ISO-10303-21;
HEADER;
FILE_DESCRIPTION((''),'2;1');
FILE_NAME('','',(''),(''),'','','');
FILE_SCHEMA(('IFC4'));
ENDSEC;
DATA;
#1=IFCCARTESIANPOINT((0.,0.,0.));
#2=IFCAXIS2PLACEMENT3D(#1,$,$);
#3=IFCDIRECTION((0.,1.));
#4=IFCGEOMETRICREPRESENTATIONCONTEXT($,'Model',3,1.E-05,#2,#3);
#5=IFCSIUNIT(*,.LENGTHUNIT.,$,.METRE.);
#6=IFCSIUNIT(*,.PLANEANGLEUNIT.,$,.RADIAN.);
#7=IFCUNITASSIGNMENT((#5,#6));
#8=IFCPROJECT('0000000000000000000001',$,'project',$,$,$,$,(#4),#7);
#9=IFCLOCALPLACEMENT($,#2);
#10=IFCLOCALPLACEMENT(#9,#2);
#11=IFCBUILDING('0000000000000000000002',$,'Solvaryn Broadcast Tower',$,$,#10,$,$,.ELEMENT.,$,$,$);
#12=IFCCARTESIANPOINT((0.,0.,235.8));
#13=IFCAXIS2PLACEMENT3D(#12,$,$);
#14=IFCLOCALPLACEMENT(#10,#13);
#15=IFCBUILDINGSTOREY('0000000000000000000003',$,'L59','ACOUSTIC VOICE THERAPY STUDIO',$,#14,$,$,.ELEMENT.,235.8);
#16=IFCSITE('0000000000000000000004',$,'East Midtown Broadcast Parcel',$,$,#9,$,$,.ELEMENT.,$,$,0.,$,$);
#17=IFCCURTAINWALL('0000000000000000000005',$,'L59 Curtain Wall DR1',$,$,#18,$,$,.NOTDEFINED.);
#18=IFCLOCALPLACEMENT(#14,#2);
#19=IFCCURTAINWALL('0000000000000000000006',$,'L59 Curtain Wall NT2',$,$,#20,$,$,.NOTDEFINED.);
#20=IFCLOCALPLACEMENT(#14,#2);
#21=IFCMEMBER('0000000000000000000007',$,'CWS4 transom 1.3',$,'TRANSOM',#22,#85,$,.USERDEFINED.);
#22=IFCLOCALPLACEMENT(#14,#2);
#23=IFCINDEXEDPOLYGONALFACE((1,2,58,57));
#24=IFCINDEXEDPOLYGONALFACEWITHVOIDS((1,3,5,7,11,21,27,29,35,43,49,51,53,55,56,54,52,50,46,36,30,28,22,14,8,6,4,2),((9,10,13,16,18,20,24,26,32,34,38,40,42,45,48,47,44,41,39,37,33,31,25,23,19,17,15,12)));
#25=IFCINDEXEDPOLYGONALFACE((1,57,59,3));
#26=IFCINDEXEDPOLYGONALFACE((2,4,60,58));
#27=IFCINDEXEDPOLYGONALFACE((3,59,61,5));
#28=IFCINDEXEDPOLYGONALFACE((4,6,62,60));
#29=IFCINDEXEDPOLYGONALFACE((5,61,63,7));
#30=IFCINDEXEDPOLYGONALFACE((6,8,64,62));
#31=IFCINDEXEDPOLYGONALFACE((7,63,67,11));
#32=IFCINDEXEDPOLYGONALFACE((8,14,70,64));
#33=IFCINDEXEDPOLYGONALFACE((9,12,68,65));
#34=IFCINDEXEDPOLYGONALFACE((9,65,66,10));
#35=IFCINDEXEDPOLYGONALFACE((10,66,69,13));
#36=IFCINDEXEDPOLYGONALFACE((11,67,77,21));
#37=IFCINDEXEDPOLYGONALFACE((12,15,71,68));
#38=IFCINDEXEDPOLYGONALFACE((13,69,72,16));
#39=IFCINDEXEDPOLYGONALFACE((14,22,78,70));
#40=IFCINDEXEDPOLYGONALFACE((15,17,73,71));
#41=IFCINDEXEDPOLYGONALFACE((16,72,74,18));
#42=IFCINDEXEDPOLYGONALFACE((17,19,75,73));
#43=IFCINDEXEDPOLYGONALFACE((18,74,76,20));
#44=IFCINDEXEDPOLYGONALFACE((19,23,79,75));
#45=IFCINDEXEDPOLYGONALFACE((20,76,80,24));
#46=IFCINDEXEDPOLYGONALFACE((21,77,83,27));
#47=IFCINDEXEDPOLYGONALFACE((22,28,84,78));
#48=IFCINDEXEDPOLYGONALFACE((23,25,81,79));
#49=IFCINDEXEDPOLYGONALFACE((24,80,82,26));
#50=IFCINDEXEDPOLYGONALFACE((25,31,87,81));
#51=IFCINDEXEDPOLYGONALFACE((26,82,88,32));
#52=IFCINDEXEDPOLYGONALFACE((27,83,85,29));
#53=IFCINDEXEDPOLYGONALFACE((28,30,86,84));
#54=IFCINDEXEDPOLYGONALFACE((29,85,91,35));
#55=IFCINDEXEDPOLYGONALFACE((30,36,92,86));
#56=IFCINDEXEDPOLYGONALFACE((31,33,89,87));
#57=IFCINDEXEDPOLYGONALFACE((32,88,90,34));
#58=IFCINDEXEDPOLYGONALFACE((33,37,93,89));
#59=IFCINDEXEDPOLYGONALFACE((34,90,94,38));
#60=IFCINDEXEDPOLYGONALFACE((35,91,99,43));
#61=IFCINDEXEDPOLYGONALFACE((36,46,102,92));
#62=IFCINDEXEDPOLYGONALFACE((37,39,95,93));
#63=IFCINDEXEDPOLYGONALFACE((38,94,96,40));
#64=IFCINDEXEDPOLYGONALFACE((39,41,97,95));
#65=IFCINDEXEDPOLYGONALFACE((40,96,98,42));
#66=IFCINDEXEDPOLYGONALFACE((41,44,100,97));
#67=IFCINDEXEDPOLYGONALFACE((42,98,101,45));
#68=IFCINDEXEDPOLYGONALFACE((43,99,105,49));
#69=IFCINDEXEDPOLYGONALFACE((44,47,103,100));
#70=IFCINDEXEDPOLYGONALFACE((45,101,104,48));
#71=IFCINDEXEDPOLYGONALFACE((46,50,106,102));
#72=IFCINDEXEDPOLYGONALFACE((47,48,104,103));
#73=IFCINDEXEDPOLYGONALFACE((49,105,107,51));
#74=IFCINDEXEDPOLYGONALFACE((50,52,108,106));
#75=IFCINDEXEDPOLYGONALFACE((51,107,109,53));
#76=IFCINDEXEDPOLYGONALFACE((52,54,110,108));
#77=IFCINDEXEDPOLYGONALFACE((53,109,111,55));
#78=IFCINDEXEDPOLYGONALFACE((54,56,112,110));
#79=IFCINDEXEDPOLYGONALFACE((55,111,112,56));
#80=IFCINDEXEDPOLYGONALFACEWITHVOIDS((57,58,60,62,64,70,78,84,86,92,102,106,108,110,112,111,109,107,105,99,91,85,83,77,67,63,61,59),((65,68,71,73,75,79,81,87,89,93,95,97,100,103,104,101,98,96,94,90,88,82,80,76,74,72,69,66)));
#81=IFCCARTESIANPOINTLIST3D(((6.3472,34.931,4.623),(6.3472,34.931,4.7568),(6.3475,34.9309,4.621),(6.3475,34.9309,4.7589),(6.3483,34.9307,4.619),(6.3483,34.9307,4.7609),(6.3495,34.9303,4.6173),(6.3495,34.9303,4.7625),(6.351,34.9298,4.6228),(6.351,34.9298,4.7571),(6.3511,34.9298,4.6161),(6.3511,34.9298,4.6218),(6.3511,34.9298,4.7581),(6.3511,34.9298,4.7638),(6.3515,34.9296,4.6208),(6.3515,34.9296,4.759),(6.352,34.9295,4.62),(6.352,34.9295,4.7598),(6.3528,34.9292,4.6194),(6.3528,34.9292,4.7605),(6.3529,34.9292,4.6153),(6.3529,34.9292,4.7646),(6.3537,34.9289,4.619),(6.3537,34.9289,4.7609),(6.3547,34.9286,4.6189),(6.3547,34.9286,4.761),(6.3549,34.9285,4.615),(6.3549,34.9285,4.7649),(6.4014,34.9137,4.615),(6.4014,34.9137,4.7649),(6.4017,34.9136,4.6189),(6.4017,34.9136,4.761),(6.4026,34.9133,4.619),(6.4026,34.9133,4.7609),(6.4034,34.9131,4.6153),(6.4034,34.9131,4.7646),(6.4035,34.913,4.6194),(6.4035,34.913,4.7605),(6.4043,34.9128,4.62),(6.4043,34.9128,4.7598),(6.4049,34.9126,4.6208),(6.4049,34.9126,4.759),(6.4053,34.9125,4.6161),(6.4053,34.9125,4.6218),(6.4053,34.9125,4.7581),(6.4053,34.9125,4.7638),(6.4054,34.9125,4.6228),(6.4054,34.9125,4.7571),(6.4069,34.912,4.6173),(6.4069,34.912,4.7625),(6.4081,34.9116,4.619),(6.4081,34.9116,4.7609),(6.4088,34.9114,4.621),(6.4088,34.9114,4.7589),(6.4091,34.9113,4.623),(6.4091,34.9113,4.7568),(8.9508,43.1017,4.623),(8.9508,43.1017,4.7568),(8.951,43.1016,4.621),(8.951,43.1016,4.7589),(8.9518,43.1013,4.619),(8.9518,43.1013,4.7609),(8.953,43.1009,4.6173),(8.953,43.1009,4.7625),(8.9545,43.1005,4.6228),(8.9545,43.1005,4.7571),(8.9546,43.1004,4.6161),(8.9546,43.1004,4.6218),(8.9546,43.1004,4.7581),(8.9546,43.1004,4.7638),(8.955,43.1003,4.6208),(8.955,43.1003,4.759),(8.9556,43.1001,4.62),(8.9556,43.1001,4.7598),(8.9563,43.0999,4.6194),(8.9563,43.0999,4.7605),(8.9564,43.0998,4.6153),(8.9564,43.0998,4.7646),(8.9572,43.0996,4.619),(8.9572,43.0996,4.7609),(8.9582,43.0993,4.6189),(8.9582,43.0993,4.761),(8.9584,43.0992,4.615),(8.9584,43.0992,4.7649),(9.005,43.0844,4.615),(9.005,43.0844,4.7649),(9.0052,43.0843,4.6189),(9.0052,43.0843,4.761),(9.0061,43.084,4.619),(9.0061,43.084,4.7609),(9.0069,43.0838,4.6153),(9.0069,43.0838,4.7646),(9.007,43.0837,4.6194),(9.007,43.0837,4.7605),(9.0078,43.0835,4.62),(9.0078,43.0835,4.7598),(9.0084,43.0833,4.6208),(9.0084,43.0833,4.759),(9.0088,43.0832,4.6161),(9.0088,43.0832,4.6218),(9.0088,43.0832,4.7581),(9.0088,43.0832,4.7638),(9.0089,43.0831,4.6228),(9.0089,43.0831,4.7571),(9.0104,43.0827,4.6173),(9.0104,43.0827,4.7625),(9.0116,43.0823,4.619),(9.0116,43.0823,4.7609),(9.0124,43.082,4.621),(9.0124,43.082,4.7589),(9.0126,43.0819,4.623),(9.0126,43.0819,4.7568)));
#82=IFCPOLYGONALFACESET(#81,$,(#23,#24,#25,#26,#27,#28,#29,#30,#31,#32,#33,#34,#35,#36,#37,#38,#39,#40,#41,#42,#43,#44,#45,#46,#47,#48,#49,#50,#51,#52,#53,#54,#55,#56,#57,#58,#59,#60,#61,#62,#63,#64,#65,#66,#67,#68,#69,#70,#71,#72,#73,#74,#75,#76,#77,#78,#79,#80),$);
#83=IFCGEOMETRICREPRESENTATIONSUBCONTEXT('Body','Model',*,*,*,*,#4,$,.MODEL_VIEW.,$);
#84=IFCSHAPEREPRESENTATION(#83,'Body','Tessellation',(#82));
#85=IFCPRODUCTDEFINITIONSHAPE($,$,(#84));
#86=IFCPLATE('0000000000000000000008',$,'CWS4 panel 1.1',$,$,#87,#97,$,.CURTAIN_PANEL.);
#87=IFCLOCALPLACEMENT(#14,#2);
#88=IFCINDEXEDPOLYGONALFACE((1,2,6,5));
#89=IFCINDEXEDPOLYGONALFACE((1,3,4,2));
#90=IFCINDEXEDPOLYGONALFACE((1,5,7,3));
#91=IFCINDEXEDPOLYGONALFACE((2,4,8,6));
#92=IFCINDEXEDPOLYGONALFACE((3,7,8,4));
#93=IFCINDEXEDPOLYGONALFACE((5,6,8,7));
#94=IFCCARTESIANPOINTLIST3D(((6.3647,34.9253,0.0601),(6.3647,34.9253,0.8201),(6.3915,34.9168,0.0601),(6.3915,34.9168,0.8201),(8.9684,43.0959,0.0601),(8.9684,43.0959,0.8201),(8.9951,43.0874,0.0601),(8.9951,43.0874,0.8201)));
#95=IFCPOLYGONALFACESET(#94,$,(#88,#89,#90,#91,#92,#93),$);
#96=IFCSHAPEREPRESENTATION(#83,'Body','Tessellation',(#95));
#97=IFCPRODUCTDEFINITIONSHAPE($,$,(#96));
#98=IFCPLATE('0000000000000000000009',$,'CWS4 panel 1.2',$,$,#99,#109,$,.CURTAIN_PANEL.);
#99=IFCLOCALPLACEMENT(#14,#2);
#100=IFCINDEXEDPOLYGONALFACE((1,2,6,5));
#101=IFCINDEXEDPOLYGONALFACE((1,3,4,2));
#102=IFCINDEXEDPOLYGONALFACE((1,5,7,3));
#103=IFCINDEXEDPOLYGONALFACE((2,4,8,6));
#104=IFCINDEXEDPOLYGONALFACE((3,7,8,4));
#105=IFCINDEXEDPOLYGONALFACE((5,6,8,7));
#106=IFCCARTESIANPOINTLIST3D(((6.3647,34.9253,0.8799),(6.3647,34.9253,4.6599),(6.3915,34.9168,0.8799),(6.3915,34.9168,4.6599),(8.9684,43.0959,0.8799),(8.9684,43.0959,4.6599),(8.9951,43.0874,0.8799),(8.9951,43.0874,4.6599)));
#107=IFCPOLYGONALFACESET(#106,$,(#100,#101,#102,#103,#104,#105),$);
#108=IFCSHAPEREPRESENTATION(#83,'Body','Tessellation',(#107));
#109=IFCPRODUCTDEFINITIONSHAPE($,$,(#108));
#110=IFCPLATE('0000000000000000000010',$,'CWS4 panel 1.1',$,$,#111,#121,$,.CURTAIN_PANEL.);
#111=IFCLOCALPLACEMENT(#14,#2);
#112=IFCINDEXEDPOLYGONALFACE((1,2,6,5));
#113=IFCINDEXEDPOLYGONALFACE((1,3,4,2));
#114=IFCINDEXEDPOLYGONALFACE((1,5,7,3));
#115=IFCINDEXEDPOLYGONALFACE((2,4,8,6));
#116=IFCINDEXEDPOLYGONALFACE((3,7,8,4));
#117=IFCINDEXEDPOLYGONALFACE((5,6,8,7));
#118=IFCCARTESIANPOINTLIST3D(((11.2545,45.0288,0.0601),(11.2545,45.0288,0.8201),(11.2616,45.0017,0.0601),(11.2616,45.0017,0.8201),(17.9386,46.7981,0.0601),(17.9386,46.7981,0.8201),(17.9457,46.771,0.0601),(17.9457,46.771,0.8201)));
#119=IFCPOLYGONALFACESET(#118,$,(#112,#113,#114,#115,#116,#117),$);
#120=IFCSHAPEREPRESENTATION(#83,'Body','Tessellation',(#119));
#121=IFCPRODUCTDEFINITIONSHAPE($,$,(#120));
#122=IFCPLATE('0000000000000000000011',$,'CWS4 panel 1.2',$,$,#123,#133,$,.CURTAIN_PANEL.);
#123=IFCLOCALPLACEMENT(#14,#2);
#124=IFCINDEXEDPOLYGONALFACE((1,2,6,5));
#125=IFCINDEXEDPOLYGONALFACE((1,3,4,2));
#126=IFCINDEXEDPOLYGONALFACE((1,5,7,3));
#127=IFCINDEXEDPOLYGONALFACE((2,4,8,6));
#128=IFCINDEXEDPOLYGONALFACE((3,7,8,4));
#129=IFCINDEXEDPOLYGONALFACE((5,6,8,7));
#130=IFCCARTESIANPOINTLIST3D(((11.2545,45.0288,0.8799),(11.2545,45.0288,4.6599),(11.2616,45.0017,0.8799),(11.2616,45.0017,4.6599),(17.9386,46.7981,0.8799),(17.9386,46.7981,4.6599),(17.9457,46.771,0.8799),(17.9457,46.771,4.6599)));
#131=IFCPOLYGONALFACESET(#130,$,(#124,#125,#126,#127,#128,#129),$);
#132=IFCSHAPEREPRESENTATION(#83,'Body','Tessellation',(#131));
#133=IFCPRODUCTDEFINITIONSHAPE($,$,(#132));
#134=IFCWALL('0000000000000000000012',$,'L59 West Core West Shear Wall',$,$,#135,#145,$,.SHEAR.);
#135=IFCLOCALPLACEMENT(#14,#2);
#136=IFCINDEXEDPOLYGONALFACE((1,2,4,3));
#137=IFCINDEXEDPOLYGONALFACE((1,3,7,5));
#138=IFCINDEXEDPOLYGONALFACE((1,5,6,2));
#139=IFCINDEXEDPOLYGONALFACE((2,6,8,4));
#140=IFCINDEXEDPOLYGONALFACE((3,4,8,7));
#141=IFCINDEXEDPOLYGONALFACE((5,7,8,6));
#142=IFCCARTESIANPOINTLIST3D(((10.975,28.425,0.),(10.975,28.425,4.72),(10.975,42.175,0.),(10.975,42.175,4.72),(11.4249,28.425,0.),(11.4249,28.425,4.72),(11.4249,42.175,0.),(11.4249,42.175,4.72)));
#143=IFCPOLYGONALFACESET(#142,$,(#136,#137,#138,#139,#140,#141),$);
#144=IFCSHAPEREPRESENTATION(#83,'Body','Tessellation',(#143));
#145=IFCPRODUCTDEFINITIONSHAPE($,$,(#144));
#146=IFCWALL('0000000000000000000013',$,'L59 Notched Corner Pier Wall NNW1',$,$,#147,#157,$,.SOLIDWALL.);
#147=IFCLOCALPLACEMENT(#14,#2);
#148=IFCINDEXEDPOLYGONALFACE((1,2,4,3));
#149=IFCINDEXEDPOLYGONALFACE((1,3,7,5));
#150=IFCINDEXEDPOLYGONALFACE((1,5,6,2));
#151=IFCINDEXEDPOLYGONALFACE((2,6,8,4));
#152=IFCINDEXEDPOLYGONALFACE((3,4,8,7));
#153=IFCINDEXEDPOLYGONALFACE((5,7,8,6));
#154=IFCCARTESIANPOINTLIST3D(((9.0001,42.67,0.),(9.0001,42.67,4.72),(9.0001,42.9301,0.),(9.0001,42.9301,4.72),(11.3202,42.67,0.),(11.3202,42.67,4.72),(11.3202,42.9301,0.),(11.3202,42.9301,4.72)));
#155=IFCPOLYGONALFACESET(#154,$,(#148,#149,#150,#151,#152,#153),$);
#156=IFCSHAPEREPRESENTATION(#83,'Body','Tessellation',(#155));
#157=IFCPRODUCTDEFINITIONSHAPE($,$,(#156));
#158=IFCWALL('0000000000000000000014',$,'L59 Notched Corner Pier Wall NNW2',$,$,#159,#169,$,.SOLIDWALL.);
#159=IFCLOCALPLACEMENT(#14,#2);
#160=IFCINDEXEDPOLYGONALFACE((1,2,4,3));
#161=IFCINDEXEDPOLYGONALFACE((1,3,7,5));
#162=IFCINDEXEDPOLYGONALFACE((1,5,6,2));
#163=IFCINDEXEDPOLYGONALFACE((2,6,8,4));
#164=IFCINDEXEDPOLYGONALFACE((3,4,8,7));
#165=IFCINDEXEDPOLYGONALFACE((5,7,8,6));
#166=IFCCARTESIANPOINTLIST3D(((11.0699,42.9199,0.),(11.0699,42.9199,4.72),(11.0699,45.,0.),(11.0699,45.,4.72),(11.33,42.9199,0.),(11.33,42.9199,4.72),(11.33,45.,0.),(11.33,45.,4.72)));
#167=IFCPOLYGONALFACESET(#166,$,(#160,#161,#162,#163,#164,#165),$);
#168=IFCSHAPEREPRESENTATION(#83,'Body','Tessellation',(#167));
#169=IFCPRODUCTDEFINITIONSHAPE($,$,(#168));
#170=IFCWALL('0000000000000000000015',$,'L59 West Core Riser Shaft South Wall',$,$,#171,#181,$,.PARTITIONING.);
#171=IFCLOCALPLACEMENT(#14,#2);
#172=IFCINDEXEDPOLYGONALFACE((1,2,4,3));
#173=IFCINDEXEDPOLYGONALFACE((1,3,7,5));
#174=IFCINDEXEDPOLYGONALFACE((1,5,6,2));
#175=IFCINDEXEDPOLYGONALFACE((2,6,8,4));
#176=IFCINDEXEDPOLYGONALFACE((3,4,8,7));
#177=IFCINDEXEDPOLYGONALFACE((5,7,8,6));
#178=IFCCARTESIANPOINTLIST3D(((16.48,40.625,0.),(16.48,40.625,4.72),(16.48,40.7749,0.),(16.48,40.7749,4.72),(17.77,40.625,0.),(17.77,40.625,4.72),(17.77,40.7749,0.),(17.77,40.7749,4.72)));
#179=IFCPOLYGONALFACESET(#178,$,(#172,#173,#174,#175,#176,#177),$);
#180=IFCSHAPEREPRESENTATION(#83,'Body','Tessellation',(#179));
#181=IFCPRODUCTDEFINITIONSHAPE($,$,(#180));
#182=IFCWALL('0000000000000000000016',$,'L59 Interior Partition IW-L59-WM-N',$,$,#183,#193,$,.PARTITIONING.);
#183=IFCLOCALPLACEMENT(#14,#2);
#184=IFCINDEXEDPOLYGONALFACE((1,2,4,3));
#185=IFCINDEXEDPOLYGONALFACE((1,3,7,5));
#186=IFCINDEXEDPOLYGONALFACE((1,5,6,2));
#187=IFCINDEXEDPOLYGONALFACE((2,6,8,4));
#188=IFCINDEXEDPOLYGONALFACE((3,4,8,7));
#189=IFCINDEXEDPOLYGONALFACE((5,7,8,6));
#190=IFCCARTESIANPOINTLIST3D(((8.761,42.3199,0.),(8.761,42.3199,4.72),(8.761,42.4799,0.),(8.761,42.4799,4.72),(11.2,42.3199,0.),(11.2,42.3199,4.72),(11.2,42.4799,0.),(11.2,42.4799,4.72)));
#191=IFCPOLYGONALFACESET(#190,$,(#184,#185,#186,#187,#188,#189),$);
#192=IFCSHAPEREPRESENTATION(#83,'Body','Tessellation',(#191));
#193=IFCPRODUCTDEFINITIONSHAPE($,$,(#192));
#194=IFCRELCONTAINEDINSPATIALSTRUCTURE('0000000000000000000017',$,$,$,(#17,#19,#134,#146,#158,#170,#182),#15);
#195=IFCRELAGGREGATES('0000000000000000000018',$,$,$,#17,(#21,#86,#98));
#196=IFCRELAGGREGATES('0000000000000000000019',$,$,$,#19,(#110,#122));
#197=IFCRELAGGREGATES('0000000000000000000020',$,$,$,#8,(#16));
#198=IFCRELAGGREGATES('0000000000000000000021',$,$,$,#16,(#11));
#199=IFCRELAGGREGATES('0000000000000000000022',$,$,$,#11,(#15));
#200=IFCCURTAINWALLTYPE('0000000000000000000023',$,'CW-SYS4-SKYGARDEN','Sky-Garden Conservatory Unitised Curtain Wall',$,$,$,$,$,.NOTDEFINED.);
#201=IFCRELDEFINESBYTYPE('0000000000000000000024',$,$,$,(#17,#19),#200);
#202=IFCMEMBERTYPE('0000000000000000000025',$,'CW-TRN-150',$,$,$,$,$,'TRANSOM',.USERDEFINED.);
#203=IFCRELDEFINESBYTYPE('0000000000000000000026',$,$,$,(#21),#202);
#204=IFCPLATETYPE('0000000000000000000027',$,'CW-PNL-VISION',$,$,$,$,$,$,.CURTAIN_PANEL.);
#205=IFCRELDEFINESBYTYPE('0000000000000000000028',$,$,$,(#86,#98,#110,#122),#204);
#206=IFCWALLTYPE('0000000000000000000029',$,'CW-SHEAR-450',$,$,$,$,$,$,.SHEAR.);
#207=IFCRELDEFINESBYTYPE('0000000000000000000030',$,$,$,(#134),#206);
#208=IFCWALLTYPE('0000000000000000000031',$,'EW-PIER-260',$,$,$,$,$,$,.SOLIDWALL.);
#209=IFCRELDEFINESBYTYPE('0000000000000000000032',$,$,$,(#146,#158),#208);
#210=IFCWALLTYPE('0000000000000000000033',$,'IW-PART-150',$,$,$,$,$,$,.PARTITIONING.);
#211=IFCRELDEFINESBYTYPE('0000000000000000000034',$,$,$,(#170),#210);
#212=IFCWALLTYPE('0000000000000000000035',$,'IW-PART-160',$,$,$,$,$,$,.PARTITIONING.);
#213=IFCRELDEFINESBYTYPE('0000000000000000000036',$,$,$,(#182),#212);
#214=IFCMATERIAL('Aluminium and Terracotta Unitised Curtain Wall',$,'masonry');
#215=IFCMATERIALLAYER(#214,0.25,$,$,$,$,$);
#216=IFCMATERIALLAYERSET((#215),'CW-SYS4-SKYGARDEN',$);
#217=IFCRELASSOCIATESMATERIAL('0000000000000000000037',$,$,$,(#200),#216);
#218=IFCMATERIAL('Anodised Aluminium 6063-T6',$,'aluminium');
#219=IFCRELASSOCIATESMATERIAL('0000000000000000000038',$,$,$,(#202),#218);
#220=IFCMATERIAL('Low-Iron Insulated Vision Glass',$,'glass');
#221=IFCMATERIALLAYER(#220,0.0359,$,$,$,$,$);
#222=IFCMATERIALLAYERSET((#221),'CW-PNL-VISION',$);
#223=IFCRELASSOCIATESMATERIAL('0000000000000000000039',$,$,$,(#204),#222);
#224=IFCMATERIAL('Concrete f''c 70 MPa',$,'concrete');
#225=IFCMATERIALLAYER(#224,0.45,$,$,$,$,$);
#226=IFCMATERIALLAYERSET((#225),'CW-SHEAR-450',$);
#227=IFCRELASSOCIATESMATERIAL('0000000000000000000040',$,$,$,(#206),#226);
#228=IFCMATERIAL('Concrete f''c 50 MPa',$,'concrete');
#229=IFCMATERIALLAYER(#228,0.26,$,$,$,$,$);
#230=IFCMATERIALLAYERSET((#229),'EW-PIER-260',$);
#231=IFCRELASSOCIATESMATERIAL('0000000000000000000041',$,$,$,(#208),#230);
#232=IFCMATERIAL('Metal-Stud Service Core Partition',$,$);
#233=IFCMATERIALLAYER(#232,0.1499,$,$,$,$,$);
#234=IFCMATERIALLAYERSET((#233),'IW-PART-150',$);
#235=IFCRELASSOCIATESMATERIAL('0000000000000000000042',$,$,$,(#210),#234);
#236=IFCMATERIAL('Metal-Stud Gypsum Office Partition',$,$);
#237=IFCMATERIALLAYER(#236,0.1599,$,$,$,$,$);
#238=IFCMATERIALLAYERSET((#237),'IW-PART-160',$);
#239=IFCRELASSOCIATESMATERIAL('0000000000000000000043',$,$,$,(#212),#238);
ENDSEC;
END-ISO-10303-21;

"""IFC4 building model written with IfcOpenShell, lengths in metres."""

from ifc_helpers import new_model, si_unit, direction, frame, frame_2d, origin, origin_2d, place, context, subcontext, project, spatial, rectangle, hollow_rectangle, extrude, material, layer, layer_set, material_profile, profile_set, type_object, element, aggregate, save


model = new_model("IFC4")

# Units and contexts
model_context = context("Model", 3, precision=1e-05, world=origin(), true_north=direction((0.0, 1.0)))
body_context = subcontext(model_context, "Body", "Model", "MODEL_VIEW")
ifc_project = project(units=[si_unit("LENGTHUNIT", "METRE"), si_unit("PLANEANGLEUNIT", "RADIAN")], contexts=[model_context])

# Site, building, storey
site_placement = place(None, origin())
site = spatial("IfcSite", under=ifc_project, at=site_placement, Name="East Midtown Broadcast Parcel", CompositionType="ELEMENT", RefElevation=0.0)
building_placement = place(site_placement, origin())
building = spatial("IfcBuilding", under=site, at=building_placement, Name="Solvaryn Broadcast Tower", CompositionType="ELEMENT")
storey_placement = place(building_placement, frame((0.0, 0.0, 235.8)))
storey = spatial("IfcBuildingStorey", under=building, at=storey_placement, Name="L59", Description="ACOUSTIC VOICE THERAPY STUDIO", CompositionType="ELEMENT", Elevation=235.8)

# Curtain walls
ifc_material_1 = material(Name="Aluminium and Terracotta Unitised Curtain Wall", Category="masonry")
ifc_layer_1 = layer(ifc_material_1, 0.25)
ifc_layer_set_1 = layer_set([ifc_layer_1], Name="CW-SYS4-SKYGARDEN")
curtain_wall_type = type_object("IfcCurtainWallType", Name="CW-SYS4-SKYGARDEN", Description="Sky-Garden Conservatory Unitised Curtain Wall", PredefinedType="NOTDEFINED", material=ifc_layer_set_1)
curtain_wall_1_placement = place(storey_placement, origin())
curtain_wall_1 = element("IfcCurtainWall", 1, at=curtain_wall_1_placement, inside=storey, type_object=curtain_wall_type, Name="L59 Curtain Wall DR1", PredefinedType="NOTDEFINED")
curtain_wall_2_placement = place(storey_placement, origin())
curtain_wall_2 = element("IfcCurtainWall", 2, at=curtain_wall_2_placement, inside=storey, type_object=curtain_wall_type, Name="L59 Curtain Wall NT2", PredefinedType="NOTDEFINED")

# Member
ifc_material_2 = material(Name="Anodised Aluminium 6063-T6", Category="aluminium")
ifc_material_profile_1 = material_profile(ifc_material_2, hollow_rectangle(XDim=0.0649, YDim=0.1499, WallThickness=0.0039, InnerFilletRadius=0.0039, OuterFilletRadius=0.0081, at=origin_2d()))
ifc_profile_set_1 = profile_set([ifc_material_profile_1], Name="Anodised Aluminium 6063-T6")
member_type_1 = type_object("IfcMemberType", Name="CW-TRN-150", ElementType="TRANSOM", PredefinedType="USERDEFINED", material=ifc_profile_set_1)
member_1_placement = place(storey_placement, frame((8.9817, 43.0918, 4.6899), z_axis=(-0.303602, -0.952799, 0.0), x_axis=(0.952799, -0.303602, 0.0)))
member_1 = element("IfcMember", 3, at=member_1_placement, type_object=member_type_1, Name="CWS4 transom 1.3", ObjectType="TRANSOM", PredefinedType="USERDEFINED", context=body_context, shape_type="SweptSolid", body=[
    extrude(hollow_rectangle(XDim=0.0649, YDim=0.1499, WallThickness=0.0039, InnerFilletRadius=0.0039, OuterFilletRadius=0.0081, at=origin_2d()), origin(), (0.0, 0.0, 1.0), 8.5754),
])

# Plates
ifc_material_3 = material(Name="Low-Iron Insulated Vision Glass", Category="glass")
ifc_layer_2 = layer(ifc_material_3, 0.0359)
ifc_layer_set_2 = layer_set([ifc_layer_2], Name="CW-PNL-VISION")
plate_type = type_object("IfcPlateType", Name="CW-PNL-VISION", PredefinedType="CURTAIN_PANEL", material=ifc_layer_set_2)
plate_1_placement = place(storey_placement, frame((7.6799, 39.0063, 0.0601), z_axis=(0.0, 0.0, 1.0), x_axis=(-0.303616, -0.952795, 0.0)))
plate_1 = element("IfcPlate", 4, at=plate_1_placement, type_object=plate_type, Name="CWS4 panel 1.1", PredefinedType="CURTAIN_PANEL", context=body_context, shape_type="SweptSolid", body=[
    extrude(rectangle(XDim=8.5754, YDim=0.0281, at=origin_2d()), origin(), (0.0, 0.0, 1.0), 0.76),
])
plate_2_placement = place(storey_placement, frame((7.6799, 39.0063, 0.8799), z_axis=(0.0, 0.0, 1.0), x_axis=(-0.303616, -0.952795, 0.0)))
plate_2 = element("IfcPlate", 5, at=plate_2_placement, type_object=plate_type, Name="CWS4 panel 1.2", PredefinedType="CURTAIN_PANEL", context=body_context, shape_type="SweptSolid", body=[
    extrude(rectangle(XDim=8.5754, YDim=0.0281, at=origin_2d()), origin(), (0.0, 0.0, 1.0), 3.78),
])
aggregate(curtain_wall_1, [member_1, plate_1, plate_2])
plate_3_placement = place(storey_placement, frame((14.6001, 45.8999, 0.0601), z_axis=(0.0, 0.0, 1.0), x_axis=(-0.966705, -0.255893, 0.0)))
plate_3 = element("IfcPlate", 6, at=plate_3_placement, type_object=plate_type, Name="CWS4 panel 1.1", PredefinedType="CURTAIN_PANEL", context=body_context, shape_type="SweptSolid", body=[
    extrude(rectangle(XDim=6.9143, YDim=0.0281, at=origin_2d()), origin(), (0.0, 0.0, 1.0), 0.76),
])
plate_4_placement = place(storey_placement, frame((14.6001, 45.8999, 0.8799), z_axis=(0.0, 0.0, 1.0), x_axis=(-0.966705, -0.255893, 0.0)))
plate_4 = element("IfcPlate", 7, at=plate_4_placement, type_object=plate_type, Name="CWS4 panel 1.2", PredefinedType="CURTAIN_PANEL", context=body_context, shape_type="SweptSolid", body=[
    extrude(rectangle(XDim=6.9143, YDim=0.0281, at=origin_2d()), origin(), (0.0, 0.0, 1.0), 3.78),
])
aggregate(curtain_wall_2, [plate_3, plate_4])

# Walls
ifc_material_4 = material(Name="Concrete f'c 70 MPa", Category="concrete")
ifc_layer_3 = layer(ifc_material_4, 0.45)
ifc_layer_set_3 = layer_set([ifc_layer_3], Name="CW-SHEAR-450")
wall_type_1 = type_object("IfcWallType", Name="CW-SHEAR-450", PredefinedType="SHEAR", material=ifc_layer_set_3)
wall_1_placement = place(storey_placement, frame((11.2, 42.175, 0.0), z_axis=(0.0, 0.0, 1.0), x_axis=(0.0, -1.0, 0.0)))
element("IfcWall", 8, at=wall_1_placement, inside=storey, type_object=wall_type_1, Name="L59 West Core West Shear Wall", PredefinedType="SHEAR", context=body_context, shape_type="SweptSolid", body=[
    extrude(rectangle(XDim=13.75, YDim=0.45, at=frame_2d((6.875, 0.0))), origin(), (0.0, 0.0, 1.0), 4.72),
])
ifc_material_5 = material(Name="Concrete f'c 50 MPa", Category="concrete")
ifc_layer_4 = layer(ifc_material_5, 0.26)
ifc_layer_set_4 = layer_set([ifc_layer_4], Name="EW-PIER-260")
wall_type_2 = type_object("IfcWallType", Name="EW-PIER-260", PredefinedType="SOLIDWALL", material=ifc_layer_set_4)
wall_2_placement = place(storey_placement, frame((9.0, 42.8, 0.0), z_axis=(0.0, 0.0, 1.0), x_axis=(1.0, 0.0, 0.0)))
element("IfcWall", 9, at=wall_2_placement, inside=storey, type_object=wall_type_2, Name="L59 Notched Corner Pier Wall NNW1", PredefinedType="SOLIDWALL", context=body_context, shape_type="SweptSolid", body=[
    extrude(rectangle(XDim=2.3201, YDim=0.26, at=frame_2d((1.1602, 0.0))), origin(), (0.0, 0.0, 1.0), 4.72),
])
wall_3_placement = place(storey_placement, frame((11.2, 42.9199, 0.0), z_axis=(0.0, 0.0, 1.0), x_axis=(0.0, 1.0, 0.0)))
element("IfcWall", 10, at=wall_3_placement, inside=storey, type_object=wall_type_2, Name="L59 Notched Corner Pier Wall NNW2", PredefinedType="SOLIDWALL", context=body_context, shape_type="SweptSolid", body=[
    extrude(rectangle(XDim=2.0801, YDim=0.26, at=frame_2d((1.04, 0.0))), origin(), (0.0, 0.0, 1.0), 4.72),
])
ifc_material_6 = material(Name="Metal-Stud Service Core Partition")
ifc_layer_5 = layer(ifc_material_6, 0.1499)
ifc_layer_set_5 = layer_set([ifc_layer_5], Name="IW-PART-150")
wall_type_3 = type_object("IfcWallType", Name="IW-PART-150", PredefinedType="PARTITIONING", material=ifc_layer_set_5)
wall_4_placement = place(storey_placement, frame((16.48, 40.7, 0.0), z_axis=(0.0, 0.0, 1.0), x_axis=(1.0, 0.0, 0.0)))
element("IfcWall", 11, at=wall_4_placement, inside=storey, type_object=wall_type_3, Name="L59 West Core Riser Shaft South Wall", PredefinedType="PARTITIONING", context=body_context, shape_type="SweptSolid", body=[
    extrude(rectangle(XDim=1.29, YDim=0.1499, at=frame_2d((0.645, 0.0))), origin(), (0.0, 0.0, 1.0), 4.72),
])
ifc_material_7 = material(Name="Metal-Stud Gypsum Office Partition")
ifc_layer_6 = layer(ifc_material_7, 0.1599)
ifc_layer_set_6 = layer_set([ifc_layer_6], Name="IW-PART-160")
wall_type_4 = type_object("IfcWallType", Name="IW-PART-160", PredefinedType="PARTITIONING", material=ifc_layer_set_6)
wall_5_placement = place(storey_placement, frame((8.761, 42.3999, 0.0), z_axis=(0.0, 0.0, 1.0), x_axis=(1.0, 0.0, 0.0)))
element("IfcWall", 12, at=wall_5_placement, inside=storey, type_object=wall_type_4, Name="L59 Interior Partition IW-L59-WM-N", PredefinedType="PARTITIONING", context=body_context, shape_type="SweptSolid", body=[
    extrude(rectangle(XDim=2.439, YDim=0.1599, at=frame_2d((1.2195, 0.0))), origin(), (0.0, 0.0, 1.0), 4.72),
])

save(model, "model.ifc")
